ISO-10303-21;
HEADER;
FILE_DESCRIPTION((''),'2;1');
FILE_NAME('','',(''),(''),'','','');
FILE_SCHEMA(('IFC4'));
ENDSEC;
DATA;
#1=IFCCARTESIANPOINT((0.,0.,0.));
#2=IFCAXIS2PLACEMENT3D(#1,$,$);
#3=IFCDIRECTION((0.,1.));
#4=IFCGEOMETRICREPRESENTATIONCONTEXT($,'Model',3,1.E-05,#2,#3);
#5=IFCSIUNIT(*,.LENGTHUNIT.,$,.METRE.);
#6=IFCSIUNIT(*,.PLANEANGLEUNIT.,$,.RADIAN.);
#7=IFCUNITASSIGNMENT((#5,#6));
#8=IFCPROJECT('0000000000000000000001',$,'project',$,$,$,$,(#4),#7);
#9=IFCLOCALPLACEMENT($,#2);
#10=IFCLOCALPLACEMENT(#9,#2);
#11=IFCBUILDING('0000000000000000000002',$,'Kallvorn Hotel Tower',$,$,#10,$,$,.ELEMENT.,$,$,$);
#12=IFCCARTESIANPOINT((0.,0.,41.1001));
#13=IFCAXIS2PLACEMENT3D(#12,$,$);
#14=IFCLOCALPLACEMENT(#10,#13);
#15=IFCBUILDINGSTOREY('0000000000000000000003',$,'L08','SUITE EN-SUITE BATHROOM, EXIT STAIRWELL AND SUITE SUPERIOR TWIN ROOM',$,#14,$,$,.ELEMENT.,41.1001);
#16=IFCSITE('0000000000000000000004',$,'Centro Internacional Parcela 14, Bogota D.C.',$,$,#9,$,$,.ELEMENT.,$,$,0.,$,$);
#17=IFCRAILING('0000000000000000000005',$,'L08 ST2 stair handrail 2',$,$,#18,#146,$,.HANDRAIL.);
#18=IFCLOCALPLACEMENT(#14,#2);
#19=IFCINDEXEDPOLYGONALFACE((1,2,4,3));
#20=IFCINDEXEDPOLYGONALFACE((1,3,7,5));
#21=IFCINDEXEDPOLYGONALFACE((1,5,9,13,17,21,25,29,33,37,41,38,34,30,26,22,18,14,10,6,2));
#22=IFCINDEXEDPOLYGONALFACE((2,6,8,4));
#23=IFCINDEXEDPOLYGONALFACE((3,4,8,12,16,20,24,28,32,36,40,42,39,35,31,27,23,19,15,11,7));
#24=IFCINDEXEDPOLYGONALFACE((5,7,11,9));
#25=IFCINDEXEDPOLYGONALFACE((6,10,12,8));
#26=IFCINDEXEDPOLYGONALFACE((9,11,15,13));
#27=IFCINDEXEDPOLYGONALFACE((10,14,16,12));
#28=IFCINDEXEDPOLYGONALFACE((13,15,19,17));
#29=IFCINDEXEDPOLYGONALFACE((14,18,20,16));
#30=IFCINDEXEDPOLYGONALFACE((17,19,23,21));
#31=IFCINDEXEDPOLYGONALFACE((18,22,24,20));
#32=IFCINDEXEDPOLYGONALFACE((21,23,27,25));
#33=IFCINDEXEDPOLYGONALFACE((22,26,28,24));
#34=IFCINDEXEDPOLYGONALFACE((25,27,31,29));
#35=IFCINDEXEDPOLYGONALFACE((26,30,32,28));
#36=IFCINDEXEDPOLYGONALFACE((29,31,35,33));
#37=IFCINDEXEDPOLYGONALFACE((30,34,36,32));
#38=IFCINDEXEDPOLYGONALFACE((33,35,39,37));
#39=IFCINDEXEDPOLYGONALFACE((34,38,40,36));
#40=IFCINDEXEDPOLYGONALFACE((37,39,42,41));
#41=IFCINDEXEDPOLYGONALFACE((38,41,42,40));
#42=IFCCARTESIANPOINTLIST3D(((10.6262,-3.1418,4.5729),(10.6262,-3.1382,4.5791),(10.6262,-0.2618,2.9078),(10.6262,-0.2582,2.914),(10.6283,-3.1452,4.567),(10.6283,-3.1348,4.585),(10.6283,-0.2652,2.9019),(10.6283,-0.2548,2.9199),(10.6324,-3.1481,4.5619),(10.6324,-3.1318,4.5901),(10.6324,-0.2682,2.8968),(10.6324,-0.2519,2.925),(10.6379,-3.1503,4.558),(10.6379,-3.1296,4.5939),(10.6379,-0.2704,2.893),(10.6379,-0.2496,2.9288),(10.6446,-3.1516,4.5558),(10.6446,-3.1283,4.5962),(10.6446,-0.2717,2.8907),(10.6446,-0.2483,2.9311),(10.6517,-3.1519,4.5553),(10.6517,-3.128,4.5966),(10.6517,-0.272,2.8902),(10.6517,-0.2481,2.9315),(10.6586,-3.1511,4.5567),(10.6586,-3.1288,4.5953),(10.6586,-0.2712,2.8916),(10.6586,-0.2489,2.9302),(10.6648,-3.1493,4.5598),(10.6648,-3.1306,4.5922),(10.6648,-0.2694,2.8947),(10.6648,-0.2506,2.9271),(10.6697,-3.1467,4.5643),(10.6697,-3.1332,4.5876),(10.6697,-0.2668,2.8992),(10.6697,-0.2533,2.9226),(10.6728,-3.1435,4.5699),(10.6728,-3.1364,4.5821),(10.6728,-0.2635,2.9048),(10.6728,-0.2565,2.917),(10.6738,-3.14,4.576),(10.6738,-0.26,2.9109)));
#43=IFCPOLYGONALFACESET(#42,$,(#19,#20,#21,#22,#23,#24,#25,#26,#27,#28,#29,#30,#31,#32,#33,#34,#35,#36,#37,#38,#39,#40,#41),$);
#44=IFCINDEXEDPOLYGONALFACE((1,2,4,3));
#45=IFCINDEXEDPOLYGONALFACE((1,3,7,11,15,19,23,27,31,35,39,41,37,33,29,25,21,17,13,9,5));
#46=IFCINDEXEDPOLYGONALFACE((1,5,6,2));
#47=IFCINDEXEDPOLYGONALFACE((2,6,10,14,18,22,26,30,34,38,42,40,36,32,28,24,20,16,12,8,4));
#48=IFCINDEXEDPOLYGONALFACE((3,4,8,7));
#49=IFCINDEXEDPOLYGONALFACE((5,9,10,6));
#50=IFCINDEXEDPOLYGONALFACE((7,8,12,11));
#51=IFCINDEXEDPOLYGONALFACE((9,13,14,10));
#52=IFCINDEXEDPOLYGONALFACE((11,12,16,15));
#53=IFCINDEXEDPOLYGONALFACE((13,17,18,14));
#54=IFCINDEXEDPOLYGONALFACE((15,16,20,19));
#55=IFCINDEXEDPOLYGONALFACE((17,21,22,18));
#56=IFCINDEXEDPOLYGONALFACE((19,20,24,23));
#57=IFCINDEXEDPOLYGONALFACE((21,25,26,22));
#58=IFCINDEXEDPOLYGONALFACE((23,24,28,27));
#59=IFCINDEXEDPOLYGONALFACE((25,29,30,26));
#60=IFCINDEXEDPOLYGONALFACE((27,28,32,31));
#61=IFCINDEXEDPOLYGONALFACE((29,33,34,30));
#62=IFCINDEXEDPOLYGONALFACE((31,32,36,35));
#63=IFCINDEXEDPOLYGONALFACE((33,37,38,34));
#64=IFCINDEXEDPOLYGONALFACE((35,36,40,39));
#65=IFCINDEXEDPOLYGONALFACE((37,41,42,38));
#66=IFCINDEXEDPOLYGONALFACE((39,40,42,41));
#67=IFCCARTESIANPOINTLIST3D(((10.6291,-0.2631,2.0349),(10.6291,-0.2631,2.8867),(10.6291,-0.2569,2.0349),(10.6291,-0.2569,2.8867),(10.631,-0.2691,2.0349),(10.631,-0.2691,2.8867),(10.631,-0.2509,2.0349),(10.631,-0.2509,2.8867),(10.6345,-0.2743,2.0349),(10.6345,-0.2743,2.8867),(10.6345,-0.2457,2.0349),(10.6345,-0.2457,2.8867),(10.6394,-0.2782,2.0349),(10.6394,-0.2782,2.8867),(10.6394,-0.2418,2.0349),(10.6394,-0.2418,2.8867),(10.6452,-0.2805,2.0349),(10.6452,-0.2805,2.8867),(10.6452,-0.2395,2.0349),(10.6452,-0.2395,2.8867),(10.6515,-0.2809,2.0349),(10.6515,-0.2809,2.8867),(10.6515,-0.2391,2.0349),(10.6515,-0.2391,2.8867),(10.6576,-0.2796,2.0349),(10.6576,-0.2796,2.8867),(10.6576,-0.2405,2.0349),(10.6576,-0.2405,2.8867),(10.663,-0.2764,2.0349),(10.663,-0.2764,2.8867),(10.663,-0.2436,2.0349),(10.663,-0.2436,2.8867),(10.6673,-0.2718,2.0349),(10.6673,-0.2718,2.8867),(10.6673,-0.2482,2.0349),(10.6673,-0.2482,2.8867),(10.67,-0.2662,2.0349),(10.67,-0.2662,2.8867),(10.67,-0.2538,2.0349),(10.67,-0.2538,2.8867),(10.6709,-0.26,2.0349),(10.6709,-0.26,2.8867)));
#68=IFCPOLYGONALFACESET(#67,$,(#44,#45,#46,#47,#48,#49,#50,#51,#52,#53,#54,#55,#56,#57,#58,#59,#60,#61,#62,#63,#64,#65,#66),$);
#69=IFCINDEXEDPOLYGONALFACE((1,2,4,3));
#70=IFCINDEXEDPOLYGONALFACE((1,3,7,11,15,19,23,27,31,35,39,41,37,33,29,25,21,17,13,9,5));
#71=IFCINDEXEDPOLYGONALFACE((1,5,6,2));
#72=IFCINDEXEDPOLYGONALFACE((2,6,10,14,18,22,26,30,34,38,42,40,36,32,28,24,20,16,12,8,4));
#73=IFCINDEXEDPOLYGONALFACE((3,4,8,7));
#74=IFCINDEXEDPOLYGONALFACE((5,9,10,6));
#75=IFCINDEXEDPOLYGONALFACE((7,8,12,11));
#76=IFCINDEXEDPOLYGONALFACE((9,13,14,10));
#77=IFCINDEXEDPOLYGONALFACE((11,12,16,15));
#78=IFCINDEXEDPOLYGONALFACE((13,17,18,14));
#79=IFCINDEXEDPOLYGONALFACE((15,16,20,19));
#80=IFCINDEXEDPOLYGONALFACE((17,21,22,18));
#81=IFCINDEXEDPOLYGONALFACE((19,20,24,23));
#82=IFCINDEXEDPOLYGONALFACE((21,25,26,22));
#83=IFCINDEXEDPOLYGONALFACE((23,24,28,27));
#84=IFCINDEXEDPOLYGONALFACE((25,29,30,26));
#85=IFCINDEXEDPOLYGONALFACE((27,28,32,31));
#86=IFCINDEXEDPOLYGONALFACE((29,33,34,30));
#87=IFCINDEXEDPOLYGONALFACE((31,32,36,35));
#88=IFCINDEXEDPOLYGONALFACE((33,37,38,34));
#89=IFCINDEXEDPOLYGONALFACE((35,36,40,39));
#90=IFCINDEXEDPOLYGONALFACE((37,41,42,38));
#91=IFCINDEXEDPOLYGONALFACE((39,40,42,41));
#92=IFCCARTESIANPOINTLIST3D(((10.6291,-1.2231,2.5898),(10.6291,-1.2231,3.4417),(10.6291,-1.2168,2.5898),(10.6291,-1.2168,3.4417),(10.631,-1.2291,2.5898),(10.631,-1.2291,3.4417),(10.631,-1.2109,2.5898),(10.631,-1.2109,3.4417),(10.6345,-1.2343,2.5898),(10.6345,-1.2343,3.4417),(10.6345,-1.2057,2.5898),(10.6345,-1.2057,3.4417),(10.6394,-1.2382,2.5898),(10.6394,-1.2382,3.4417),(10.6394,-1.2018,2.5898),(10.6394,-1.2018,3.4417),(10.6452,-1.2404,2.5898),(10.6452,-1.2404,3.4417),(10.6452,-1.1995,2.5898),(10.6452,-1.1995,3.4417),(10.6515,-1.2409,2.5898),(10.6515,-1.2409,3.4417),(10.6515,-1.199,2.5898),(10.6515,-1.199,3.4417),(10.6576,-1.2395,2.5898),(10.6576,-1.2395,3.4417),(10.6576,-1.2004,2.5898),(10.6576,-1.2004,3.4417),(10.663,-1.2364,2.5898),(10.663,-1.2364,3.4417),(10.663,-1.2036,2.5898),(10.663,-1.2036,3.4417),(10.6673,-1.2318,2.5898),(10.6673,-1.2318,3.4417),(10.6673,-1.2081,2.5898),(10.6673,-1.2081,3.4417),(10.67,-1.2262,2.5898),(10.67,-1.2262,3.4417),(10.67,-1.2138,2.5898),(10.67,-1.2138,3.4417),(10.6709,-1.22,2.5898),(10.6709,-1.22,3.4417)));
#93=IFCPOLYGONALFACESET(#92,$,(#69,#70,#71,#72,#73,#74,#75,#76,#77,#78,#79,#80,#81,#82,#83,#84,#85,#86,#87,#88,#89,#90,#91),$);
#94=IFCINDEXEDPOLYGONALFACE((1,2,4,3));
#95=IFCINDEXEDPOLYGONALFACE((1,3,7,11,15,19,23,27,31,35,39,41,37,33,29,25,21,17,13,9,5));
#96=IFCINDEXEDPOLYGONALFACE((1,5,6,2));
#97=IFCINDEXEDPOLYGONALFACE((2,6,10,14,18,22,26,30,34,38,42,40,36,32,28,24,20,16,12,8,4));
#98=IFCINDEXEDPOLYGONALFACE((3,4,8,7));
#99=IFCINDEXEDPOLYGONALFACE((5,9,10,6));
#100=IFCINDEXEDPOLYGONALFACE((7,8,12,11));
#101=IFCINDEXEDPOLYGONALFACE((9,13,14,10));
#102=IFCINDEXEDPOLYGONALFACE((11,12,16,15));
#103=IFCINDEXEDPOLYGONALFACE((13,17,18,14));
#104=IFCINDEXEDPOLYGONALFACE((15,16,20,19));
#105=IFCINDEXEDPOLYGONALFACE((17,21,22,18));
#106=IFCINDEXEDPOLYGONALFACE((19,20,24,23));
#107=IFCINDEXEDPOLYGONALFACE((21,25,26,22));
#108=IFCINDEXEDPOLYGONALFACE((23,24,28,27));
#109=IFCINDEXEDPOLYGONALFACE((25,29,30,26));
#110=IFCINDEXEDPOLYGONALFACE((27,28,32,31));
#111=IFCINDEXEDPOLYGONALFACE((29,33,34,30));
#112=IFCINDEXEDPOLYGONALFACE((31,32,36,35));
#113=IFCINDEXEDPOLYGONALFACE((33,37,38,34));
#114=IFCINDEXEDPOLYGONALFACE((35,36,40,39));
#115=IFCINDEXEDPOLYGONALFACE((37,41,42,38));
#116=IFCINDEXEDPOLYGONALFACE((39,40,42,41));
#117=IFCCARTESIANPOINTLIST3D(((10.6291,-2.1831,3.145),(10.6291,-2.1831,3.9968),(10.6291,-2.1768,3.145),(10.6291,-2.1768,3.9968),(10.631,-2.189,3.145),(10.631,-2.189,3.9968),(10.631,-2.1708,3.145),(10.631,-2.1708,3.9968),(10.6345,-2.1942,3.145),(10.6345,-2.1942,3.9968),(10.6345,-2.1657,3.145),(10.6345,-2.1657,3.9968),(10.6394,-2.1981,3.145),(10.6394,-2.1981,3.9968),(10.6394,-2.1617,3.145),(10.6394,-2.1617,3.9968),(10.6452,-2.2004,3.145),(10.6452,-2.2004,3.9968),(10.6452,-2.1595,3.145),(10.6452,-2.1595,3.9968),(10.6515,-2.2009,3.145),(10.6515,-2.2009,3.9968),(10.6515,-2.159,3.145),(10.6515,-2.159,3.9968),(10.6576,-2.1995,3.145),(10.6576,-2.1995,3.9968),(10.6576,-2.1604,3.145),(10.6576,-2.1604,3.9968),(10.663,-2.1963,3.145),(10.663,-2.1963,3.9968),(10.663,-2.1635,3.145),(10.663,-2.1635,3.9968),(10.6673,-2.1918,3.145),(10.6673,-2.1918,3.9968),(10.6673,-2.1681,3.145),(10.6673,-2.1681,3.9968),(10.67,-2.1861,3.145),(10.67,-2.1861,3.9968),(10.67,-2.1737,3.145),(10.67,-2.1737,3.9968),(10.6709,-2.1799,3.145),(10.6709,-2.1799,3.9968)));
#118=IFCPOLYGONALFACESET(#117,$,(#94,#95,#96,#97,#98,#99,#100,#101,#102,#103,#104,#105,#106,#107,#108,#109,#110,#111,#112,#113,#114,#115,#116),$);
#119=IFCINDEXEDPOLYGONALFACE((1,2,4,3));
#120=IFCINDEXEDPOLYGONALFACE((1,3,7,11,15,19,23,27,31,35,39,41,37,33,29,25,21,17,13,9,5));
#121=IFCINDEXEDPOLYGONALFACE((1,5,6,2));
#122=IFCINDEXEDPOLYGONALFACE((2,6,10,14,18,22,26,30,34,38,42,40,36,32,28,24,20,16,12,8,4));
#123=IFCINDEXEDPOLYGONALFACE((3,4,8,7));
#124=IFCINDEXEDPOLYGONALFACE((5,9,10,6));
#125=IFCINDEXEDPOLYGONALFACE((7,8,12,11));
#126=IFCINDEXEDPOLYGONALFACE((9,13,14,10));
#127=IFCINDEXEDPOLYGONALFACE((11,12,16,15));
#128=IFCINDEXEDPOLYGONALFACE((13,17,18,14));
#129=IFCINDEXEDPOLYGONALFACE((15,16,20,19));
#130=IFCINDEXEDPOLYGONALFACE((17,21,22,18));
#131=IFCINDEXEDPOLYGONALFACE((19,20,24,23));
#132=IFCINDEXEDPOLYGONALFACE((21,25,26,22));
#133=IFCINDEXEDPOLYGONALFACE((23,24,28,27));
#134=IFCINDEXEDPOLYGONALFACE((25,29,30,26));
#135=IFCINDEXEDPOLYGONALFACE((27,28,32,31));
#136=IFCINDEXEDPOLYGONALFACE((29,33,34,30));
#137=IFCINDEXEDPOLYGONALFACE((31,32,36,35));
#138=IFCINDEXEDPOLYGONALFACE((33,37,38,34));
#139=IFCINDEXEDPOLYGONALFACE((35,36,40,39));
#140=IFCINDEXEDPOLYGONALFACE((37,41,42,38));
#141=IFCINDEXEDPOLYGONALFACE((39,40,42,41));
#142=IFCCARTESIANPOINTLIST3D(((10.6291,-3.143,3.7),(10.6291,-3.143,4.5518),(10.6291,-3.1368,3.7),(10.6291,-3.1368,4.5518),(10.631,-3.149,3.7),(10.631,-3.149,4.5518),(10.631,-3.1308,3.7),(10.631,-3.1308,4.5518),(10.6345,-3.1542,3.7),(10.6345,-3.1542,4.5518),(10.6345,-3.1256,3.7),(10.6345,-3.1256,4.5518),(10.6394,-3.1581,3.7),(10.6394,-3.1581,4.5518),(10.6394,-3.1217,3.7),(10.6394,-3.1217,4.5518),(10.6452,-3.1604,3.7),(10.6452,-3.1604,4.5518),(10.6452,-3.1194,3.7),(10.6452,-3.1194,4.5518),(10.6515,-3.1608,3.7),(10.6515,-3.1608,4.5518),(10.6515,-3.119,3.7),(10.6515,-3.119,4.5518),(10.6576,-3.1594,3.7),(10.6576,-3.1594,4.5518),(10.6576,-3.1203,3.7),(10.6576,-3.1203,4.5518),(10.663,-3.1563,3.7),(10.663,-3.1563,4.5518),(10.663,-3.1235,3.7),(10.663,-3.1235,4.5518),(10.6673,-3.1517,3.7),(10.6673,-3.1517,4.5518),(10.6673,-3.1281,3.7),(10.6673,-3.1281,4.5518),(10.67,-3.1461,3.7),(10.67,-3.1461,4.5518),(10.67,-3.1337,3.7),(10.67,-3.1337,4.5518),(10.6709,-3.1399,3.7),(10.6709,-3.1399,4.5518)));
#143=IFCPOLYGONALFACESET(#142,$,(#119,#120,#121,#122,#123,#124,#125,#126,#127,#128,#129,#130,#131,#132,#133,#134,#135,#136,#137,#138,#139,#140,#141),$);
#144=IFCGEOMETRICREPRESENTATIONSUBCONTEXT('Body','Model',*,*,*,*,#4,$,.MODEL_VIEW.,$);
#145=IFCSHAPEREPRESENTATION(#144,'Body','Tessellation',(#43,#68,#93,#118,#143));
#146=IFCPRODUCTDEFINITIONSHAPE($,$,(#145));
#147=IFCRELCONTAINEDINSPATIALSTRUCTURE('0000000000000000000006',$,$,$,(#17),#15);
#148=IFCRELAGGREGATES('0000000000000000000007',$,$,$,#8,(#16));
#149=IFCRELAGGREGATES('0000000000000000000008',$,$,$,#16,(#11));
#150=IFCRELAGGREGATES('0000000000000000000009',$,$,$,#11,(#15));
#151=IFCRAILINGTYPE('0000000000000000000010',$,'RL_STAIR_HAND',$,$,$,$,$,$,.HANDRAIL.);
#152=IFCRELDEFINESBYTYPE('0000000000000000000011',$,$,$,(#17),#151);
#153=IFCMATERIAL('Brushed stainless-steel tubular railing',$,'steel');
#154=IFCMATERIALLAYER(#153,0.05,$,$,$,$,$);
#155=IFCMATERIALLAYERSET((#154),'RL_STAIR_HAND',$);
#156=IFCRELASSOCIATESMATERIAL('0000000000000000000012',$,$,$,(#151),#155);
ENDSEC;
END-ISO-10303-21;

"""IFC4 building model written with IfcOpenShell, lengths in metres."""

from ifc_helpers import new_model, si_unit, direction, frame, origin, origin_2d, place, context, subcontext, project, spatial, circle, extrude, material, layer, layer_set, type_object, element, save


model = new_model("IFC4")

# Units and contexts
model_context = context("Model", 3, precision=1e-05, world=origin(), true_north=direction((0.0, 1.0)))
body_context = subcontext(model_context, "Body", "Model", "MODEL_VIEW")
ifc_project = project(units=[si_unit("LENGTHUNIT", "METRE"), si_unit("PLANEANGLEUNIT", "RADIAN")], contexts=[model_context])

# Site, building, storey
site_placement = place(None, origin())
site = spatial("IfcSite", under=ifc_project, at=site_placement, Name="Centro Internacional Parcela 14, Bogota D.C.", CompositionType="ELEMENT", RefElevation=0.0)
building_placement = place(site_placement, origin())
building = spatial("IfcBuilding", under=site, at=building_placement, Name="Kallvorn Hotel Tower", CompositionType="ELEMENT")
storey_placement = place(building_placement, frame((0.0, 0.0, 41.1001)))
storey = spatial("IfcBuildingStorey", under=building, at=storey_placement, Name="L08", Description="SUITE EN-SUITE BATHROOM, EXIT STAIRWELL AND SUITE SUPERIOR TWIN ROOM", CompositionType="ELEMENT", Elevation=41.1001)

# Railing
ifc_material_1 = material(Name="Brushed stainless-steel tubular railing", Category="steel")
ifc_layer_1 = layer(ifc_material_1, 0.05)
ifc_layer_set_1 = layer_set([ifc_layer_1], Name="RL_STAIR_HAND")
railing_type_1 = type_object("IfcRailingType", Name="RL_STAIR_HAND", PredefinedType="HANDRAIL", material=ifc_layer_set_1)
railing_1_placement = place(storey_placement, frame((10.6499, -0.26, 2.0349)))
element("IfcRailing", 1, at=railing_1_placement, inside=storey, type_object=railing_type_1, Name="L08 ST2 stair handrail 2", PredefinedType="HANDRAIL", context=body_context, shape_type="SweptSolid", body=[
    extrude(circle(Radius=0.0239, at=origin_2d()), frame((0.0, 0.0, 0.876), z_axis=(0.0, -0.865721, 0.500527), x_axis=(1.0, 0.0, 0.0)), (0.0, 0.0, 1.0), 3.3267),
    extrude(circle(Radius=0.021, at=origin_2d()), origin(), (0.0, 0.0, 1.0), 0.8518),
    extrude(circle(Radius=0.021, at=origin_2d()), frame((0.0, -0.96, 0.5549)), (0.0, 0.0, 1.0), 0.8518),
    extrude(circle(Radius=0.021, at=origin_2d()), frame((0.0, -1.9199, 1.1101)), (0.0, 0.0, 1.0), 0.8518),
    extrude(circle(Radius=0.021, at=origin_2d()), frame((0.0, -2.8799, 1.665)), (0.0, 0.0, 1.0), 0.8518),
])

save(model, "model.ifc")
